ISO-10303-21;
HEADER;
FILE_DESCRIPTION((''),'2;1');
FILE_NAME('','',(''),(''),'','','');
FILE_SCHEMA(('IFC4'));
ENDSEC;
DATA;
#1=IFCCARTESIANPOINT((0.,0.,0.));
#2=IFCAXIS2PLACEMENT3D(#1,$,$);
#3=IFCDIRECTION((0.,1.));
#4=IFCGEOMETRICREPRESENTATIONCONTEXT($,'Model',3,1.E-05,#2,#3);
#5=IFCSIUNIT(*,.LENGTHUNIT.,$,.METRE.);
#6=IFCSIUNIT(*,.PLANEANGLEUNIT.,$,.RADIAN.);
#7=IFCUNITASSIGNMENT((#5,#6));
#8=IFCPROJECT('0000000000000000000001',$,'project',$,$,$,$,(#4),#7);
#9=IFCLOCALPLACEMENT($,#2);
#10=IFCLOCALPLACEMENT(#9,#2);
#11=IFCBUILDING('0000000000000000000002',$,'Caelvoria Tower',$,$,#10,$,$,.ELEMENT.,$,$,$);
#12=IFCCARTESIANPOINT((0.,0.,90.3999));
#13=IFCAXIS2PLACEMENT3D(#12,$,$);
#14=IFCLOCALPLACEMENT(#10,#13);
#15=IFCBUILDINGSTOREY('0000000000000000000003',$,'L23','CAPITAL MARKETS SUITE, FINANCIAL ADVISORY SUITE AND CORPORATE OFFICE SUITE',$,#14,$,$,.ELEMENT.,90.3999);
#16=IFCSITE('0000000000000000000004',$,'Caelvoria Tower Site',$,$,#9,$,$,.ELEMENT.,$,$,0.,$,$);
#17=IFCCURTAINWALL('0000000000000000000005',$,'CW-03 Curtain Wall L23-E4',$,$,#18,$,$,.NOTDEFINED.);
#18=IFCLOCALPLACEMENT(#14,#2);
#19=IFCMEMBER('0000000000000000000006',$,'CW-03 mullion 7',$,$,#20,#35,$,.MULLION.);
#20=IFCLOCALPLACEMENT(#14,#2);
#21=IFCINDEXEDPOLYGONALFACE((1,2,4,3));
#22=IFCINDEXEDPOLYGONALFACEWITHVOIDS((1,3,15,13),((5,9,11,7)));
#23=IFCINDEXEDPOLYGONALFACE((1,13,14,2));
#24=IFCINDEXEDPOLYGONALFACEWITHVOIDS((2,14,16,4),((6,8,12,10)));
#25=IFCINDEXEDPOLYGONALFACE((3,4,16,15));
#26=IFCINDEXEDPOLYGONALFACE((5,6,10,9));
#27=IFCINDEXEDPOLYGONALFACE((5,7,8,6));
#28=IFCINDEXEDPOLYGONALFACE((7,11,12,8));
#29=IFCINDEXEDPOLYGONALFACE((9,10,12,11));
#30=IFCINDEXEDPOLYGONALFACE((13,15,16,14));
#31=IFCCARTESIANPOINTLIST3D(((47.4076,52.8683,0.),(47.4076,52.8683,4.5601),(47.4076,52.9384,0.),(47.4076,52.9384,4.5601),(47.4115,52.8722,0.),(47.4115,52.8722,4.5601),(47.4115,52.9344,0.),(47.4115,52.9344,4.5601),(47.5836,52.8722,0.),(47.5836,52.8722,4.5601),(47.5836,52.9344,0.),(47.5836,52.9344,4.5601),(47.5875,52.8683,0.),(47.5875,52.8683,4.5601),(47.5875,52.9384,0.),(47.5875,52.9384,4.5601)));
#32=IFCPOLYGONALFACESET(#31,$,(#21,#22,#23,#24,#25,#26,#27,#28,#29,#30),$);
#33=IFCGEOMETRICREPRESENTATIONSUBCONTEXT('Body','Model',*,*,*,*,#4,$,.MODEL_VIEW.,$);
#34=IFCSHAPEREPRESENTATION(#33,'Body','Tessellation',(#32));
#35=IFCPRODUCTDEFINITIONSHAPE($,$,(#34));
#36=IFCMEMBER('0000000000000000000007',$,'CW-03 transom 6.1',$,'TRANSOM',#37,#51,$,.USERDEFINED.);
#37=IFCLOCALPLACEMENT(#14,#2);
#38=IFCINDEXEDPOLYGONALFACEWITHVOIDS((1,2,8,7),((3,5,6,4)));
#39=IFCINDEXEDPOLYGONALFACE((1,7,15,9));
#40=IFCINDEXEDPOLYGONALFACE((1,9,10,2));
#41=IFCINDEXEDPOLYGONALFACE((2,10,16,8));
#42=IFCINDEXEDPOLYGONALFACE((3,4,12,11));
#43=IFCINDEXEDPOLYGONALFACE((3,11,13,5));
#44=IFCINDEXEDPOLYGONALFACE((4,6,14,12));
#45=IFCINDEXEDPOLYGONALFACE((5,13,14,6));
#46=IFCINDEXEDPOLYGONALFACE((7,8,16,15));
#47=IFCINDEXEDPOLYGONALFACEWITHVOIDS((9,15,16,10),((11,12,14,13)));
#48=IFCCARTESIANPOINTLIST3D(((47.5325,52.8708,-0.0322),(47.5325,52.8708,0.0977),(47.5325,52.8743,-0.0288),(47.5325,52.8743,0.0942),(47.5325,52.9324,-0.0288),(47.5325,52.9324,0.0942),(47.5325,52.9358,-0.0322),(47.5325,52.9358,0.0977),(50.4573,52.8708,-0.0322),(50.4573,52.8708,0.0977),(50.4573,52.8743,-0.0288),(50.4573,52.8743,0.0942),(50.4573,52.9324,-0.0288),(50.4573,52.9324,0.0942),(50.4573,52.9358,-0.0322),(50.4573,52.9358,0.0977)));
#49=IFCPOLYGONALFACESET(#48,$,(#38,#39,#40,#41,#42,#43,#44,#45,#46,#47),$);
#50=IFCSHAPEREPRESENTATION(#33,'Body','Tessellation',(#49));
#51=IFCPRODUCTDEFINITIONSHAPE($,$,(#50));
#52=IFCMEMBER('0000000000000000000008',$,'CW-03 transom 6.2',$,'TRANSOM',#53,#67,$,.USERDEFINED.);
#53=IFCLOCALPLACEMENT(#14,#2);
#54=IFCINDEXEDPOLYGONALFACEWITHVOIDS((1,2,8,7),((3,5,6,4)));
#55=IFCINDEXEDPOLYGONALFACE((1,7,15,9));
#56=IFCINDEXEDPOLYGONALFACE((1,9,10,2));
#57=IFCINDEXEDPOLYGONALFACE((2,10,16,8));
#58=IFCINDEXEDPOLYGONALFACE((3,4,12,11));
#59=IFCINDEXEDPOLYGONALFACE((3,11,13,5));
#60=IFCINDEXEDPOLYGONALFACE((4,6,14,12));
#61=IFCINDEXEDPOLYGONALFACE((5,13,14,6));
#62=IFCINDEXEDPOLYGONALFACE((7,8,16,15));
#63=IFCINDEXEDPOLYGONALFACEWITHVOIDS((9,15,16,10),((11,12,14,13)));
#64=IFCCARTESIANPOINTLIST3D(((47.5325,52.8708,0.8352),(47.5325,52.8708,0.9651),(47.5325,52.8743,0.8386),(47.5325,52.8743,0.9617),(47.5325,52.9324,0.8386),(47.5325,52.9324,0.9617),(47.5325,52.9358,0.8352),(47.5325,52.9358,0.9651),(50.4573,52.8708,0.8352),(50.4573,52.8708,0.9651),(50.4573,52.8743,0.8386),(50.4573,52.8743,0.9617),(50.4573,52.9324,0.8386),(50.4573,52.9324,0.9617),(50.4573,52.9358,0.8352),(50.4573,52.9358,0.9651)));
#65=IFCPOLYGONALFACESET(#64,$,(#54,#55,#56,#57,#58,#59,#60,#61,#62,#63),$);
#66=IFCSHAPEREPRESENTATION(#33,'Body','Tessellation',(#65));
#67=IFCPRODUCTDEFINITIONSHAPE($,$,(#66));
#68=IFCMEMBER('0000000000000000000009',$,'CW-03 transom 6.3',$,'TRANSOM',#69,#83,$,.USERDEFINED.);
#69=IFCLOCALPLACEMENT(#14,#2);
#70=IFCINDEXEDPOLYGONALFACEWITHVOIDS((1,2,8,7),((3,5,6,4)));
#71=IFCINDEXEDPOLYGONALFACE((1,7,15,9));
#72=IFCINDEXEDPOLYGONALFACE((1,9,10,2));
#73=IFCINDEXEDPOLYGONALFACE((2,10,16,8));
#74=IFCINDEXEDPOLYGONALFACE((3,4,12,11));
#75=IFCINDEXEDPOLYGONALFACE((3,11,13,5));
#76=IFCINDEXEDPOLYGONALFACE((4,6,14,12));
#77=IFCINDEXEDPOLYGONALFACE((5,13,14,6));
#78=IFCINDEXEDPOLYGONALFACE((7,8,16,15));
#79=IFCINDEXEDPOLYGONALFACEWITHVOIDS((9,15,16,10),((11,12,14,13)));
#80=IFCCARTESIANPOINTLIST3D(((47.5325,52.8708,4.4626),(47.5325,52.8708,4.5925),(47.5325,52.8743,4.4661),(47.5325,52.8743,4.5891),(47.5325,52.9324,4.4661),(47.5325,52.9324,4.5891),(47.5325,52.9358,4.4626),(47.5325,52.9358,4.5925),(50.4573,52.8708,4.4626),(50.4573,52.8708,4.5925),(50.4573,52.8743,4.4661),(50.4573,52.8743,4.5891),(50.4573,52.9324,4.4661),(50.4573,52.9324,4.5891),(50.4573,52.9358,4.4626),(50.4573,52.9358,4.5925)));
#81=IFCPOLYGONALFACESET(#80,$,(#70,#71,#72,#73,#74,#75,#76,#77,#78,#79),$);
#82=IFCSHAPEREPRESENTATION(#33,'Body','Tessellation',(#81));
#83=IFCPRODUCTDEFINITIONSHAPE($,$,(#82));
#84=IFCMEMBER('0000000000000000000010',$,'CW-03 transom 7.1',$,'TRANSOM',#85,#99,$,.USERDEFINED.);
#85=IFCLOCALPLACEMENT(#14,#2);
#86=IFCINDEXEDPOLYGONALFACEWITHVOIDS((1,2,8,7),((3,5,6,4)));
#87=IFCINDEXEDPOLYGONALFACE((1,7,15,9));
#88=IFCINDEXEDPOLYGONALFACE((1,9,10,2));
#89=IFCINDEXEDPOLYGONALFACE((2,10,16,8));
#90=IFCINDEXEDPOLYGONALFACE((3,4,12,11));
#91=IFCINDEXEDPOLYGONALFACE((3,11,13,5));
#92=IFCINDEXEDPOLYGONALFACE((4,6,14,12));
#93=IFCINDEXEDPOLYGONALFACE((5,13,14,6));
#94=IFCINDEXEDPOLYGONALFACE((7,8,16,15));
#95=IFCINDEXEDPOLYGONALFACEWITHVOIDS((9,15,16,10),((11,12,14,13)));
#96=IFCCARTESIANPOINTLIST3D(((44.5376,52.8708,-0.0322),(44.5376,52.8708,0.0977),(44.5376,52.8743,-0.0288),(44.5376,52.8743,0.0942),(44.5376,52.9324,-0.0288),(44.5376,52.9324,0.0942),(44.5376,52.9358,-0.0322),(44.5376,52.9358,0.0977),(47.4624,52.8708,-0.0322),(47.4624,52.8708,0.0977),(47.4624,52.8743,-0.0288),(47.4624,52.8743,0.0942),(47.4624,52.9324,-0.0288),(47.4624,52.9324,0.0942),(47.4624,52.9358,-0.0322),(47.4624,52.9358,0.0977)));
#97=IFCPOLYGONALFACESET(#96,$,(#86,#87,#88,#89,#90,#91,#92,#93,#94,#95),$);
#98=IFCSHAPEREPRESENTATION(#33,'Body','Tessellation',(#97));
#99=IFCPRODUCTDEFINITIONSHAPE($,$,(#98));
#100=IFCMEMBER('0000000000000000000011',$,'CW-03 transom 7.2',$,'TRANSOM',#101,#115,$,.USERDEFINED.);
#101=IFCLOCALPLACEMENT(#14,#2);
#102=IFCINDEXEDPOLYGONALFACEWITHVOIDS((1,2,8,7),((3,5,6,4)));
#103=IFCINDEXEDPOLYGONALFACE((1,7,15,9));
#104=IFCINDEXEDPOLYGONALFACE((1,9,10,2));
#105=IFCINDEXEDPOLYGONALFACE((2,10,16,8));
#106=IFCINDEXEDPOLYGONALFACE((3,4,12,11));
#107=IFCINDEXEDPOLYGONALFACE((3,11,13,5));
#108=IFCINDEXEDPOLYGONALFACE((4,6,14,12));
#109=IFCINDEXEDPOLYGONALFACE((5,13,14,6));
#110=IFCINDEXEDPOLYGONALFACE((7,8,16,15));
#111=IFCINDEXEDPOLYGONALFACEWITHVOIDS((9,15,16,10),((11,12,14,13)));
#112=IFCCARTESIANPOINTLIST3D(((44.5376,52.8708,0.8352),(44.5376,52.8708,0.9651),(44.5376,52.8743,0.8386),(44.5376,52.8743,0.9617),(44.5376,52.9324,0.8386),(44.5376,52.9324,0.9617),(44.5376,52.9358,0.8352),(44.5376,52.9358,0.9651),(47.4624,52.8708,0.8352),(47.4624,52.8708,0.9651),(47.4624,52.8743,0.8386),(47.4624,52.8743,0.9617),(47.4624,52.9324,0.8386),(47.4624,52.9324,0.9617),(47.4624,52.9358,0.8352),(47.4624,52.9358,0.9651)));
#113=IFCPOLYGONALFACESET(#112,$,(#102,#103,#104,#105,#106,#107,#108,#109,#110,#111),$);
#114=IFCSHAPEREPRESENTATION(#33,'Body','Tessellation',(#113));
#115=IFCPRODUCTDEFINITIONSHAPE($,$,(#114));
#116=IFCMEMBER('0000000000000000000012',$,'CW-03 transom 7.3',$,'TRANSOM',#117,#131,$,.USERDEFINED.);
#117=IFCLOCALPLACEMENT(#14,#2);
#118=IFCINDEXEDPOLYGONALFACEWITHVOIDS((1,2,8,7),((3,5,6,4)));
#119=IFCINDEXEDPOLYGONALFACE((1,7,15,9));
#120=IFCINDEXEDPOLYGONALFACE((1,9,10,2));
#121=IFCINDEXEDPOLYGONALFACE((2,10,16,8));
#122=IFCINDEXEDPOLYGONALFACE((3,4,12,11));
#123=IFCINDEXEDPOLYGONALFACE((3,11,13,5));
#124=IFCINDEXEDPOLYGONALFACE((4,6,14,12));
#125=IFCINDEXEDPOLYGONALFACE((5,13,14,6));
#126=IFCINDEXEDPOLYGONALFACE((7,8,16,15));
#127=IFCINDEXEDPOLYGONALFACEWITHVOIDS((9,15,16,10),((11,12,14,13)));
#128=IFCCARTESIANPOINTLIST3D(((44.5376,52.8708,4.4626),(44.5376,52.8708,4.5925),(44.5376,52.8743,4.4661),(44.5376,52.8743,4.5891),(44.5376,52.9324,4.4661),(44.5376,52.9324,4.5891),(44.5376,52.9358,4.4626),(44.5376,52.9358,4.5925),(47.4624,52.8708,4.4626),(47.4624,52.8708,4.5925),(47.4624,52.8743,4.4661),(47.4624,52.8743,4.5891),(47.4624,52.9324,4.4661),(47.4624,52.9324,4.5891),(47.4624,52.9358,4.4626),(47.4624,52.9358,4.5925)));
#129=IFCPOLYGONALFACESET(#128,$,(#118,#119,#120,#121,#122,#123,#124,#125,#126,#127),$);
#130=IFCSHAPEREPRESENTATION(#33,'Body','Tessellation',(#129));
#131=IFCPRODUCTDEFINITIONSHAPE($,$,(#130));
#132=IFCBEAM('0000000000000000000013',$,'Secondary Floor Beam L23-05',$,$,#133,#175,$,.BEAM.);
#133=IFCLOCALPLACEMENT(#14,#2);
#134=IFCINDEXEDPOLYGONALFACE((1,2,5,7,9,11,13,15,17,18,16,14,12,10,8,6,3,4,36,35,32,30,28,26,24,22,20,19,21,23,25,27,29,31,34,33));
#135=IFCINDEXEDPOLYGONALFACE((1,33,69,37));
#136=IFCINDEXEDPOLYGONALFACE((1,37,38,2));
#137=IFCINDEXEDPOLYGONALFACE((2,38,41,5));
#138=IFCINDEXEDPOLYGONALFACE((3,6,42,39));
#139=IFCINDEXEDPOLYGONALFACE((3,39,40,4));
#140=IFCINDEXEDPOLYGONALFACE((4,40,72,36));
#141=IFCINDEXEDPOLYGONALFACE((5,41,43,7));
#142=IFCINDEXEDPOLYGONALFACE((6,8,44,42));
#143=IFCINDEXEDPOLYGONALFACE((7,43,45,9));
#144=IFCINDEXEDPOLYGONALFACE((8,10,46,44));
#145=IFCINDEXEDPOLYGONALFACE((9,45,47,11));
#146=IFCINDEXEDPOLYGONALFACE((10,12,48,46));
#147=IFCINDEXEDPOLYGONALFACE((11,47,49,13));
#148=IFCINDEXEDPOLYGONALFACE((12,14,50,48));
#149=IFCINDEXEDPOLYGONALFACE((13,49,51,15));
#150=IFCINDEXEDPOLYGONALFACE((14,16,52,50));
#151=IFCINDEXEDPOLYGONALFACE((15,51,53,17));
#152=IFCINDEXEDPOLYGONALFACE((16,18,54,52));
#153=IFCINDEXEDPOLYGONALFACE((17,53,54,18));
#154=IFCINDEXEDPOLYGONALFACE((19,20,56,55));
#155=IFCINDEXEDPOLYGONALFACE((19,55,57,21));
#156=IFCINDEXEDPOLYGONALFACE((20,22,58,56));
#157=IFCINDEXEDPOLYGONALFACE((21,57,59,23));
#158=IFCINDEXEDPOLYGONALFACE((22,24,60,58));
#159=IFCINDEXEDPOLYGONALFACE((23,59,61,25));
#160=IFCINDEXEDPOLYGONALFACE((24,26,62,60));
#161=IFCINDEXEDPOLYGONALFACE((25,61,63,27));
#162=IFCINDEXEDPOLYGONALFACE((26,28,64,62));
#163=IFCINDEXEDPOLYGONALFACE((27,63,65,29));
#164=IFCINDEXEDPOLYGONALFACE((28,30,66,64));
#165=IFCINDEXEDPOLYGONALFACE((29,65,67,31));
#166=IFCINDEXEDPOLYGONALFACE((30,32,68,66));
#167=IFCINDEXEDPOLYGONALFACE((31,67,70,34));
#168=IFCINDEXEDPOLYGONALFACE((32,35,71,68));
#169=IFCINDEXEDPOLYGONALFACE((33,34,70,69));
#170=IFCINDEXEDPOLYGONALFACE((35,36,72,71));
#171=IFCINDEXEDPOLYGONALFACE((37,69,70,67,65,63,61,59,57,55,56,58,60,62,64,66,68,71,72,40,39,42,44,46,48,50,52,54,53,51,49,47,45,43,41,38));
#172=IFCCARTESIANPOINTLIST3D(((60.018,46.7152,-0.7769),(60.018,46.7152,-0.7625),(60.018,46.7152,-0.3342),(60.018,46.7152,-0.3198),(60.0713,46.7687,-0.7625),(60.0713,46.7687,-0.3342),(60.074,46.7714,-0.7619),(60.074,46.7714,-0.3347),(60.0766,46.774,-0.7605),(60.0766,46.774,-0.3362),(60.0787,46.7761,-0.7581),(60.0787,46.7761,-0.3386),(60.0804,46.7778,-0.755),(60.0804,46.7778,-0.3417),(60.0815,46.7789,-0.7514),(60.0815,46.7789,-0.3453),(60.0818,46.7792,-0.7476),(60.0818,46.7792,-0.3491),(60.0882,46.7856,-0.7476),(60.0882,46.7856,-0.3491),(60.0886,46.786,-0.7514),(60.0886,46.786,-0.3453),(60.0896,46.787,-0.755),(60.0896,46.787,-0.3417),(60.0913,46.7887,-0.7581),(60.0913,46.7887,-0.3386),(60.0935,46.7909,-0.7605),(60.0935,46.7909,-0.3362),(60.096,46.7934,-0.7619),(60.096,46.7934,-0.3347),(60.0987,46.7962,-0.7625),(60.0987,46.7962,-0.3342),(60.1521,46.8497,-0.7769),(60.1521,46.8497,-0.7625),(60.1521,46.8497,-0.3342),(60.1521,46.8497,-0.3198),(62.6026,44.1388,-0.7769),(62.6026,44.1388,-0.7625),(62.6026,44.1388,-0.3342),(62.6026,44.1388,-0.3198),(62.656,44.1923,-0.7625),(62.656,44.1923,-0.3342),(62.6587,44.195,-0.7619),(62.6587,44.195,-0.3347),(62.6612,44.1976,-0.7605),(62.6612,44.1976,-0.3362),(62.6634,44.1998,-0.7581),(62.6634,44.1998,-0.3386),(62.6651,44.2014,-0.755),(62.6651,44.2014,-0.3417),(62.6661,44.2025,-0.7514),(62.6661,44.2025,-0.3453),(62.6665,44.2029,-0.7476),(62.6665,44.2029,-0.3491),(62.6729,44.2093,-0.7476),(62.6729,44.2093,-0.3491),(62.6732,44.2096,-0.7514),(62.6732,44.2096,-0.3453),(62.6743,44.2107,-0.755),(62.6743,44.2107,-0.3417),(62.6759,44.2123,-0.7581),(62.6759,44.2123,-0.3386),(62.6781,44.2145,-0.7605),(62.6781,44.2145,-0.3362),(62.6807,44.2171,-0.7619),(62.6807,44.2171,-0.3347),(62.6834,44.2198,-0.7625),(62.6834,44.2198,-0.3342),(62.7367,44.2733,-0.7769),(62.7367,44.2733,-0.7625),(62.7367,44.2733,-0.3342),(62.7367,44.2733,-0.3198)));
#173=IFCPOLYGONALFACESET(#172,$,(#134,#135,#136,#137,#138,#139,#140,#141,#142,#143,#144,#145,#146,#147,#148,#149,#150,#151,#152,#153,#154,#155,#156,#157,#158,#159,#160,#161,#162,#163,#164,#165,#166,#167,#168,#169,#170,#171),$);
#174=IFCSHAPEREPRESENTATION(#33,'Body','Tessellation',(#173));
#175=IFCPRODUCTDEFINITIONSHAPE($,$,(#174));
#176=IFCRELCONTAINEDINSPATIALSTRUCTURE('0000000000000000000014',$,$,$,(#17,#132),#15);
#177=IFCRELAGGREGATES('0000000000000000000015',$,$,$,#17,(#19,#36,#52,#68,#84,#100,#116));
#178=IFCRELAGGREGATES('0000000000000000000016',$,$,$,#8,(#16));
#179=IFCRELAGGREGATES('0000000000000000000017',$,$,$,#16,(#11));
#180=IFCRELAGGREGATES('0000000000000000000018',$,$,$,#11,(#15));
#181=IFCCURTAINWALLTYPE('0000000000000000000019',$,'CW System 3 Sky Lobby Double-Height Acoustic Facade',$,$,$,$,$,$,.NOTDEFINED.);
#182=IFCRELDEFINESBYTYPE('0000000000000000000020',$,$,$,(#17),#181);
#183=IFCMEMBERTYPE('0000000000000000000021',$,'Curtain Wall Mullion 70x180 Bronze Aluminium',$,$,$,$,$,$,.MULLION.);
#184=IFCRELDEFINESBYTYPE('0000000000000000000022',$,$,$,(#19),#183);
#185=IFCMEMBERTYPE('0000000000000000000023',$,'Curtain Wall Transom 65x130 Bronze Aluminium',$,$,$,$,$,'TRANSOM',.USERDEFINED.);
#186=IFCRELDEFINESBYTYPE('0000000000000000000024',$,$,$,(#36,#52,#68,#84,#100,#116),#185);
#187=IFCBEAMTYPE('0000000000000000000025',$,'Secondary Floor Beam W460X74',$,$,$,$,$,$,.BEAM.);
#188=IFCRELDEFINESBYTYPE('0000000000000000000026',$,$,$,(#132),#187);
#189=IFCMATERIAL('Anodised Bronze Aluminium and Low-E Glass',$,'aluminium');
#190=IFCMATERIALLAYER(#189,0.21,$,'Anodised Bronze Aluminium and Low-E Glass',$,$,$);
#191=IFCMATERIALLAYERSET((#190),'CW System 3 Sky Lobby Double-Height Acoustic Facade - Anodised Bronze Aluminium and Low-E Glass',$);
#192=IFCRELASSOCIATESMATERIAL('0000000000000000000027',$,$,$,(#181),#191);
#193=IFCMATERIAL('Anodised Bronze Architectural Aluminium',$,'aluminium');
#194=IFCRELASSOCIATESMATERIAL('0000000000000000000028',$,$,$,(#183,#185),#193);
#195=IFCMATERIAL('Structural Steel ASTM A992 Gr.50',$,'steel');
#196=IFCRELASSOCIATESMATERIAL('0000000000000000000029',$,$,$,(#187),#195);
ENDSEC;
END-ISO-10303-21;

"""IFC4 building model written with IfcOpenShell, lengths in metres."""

from ifc_helpers import new_model, si_unit, direction, frame, origin, origin_2d, place, context, subcontext, project, spatial, hollow_rectangle, i_section, extrude, material, layer, layer_set, material_profile, profile_set, type_object, element, aggregate, save


model = new_model("IFC4")

# Units and contexts
model_context = context("Model", 3, precision=1e-05, world=origin(), true_north=direction((0.0, 1.0)))
body_context = subcontext(model_context, "Body", "Model", "MODEL_VIEW")
ifc_project = project(units=[si_unit("LENGTHUNIT", "METRE"), si_unit("PLANEANGLEUNIT", "RADIAN")], contexts=[model_context])

# Site, building, storey
site_placement = place(None, origin())
site = spatial("IfcSite", under=ifc_project, at=site_placement, Name="Caelvoria Tower Site", CompositionType="ELEMENT", RefElevation=0.0)
building_placement = place(site_placement, origin())
building = spatial("IfcBuilding", under=site, at=building_placement, Name="Caelvoria Tower", CompositionType="ELEMENT")
storey_placement = place(building_placement, frame((0.0, 0.0, 90.3999)))
storey = spatial("IfcBuildingStorey", under=building, at=storey_placement, Name="L23", Description="CAPITAL MARKETS SUITE, FINANCIAL ADVISORY SUITE AND CORPORATE OFFICE SUITE", CompositionType="ELEMENT", Elevation=90.3999)

# Curtain wall, members
ifc_material_1 = material(Name="Anodised Bronze Aluminium and Low-E Glass", Category="aluminium")
ifc_layer_1 = layer(ifc_material_1, 0.21, Name="Anodised Bronze Aluminium and Low-E Glass")
ifc_layer_set_1 = layer_set([ifc_layer_1], Name="CW System 3 Sky Lobby Double-Height Acoustic Facade - Anodised Bronze Aluminium and Low-E Glass")
curtain_wall_type = type_object("IfcCurtainWallType", Name="CW System 3 Sky Lobby Double-Height Acoustic Facade", PredefinedType="NOTDEFINED", material=ifc_layer_set_1)
curtain_wall_placement = place(storey_placement, origin())
curtain_wall = element("IfcCurtainWall", 1, at=curtain_wall_placement, inside=storey, type_object=curtain_wall_type, Name="CW-03 Curtain Wall L23-E4", PredefinedType="NOTDEFINED")
ifc_material_2 = material(Name="Anodised Bronze Architectural Aluminium", Category="aluminium")
ifc_material_profile_1 = material_profile(ifc_material_2, hollow_rectangle(XDim=0.0701, YDim=0.1799, WallThickness=0.0039, at=origin_2d()), Name="Anodised Bronze Architectural Aluminium")
ifc_profile_set_1 = profile_set([ifc_material_profile_1], Name="CW_MULL_70X180 - Anodised Bronze Architectural Aluminium")
member_type_1 = type_object("IfcMemberType", Name="Curtain Wall Mullion 70x180 Bronze Aluminium", PredefinedType="MULLION", material=ifc_profile_set_1)
member_1_placement = place(storey_placement, frame((47.4976, 52.9033, 0.0), z_axis=(0.0, 0.0, 1.0), x_axis=(0.0, -1.0, 0.0)))
member_1 = element("IfcMember", 2, at=member_1_placement, type_object=member_type_1, Name="CW-03 mullion 7", PredefinedType="MULLION", context=body_context, shape_type="SweptSolid", body=[
    extrude(hollow_rectangle(XDim=0.0701, YDim=0.1799, WallThickness=0.0039, at=origin_2d()), origin(), (0.0, 0.0, 1.0), 4.5601),
])
ifc_material_profile_2 = material_profile(ifc_material_2, hollow_rectangle(XDim=0.0649, YDim=0.1299, WallThickness=0.0034, at=origin_2d()), Name="Anodised Bronze Architectural Aluminium")
ifc_profile_set_2 = profile_set([ifc_material_profile_2], Name="CW_TRAN_65X130 - Anodised Bronze Architectural Aluminium")
member_type_2 = type_object("IfcMemberType", Name="Curtain Wall Transom 65x130 Bronze Aluminium", ElementType="TRANSOM", PredefinedType="USERDEFINED", material=ifc_profile_set_2)
member_2_placement = place(storey_placement, frame((50.4573, 52.9033, 0.0327), z_axis=(-1.0, 0.0, 0.0), x_axis=(0.0, -1.0, 0.0)))
member_2 = element("IfcMember", 3, at=member_2_placement, type_object=member_type_2, Name="CW-03 transom 6.1", ObjectType="TRANSOM", PredefinedType="USERDEFINED", context=body_context, shape_type="SweptSolid", body=[
    extrude(hollow_rectangle(XDim=0.0649, YDim=0.1299, WallThickness=0.0034, at=origin_2d()), origin(), (0.0, 0.0, 1.0), 2.9248),
])
member_3_placement = place(storey_placement, frame((50.4573, 52.9033, 0.9001), z_axis=(-1.0, 0.0, 0.0), x_axis=(0.0, -1.0, 0.0)))
member_3 = element("IfcMember", 4, at=member_3_placement, type_object=member_type_2, Name="CW-03 transom 6.2", ObjectType="TRANSOM", PredefinedType="USERDEFINED", context=body_context, shape_type="SweptSolid", body=[
    extrude(hollow_rectangle(XDim=0.0649, YDim=0.1299, WallThickness=0.0034, at=origin_2d()), origin(), (0.0, 0.0, 1.0), 2.9248),
])
member_4_placement = place(storey_placement, frame((50.4573, 52.9033, 4.5276), z_axis=(-1.0, 0.0, 0.0), x_axis=(0.0, -1.0, 0.0)))
member_4 = element("IfcMember", 5, at=member_4_placement, type_object=member_type_2, Name="CW-03 transom 6.3", ObjectType="TRANSOM", PredefinedType="USERDEFINED", context=body_context, shape_type="SweptSolid", body=[
    extrude(hollow_rectangle(XDim=0.0649, YDim=0.1299, WallThickness=0.0034, at=origin_2d()), origin(), (0.0, 0.0, 1.0), 2.9248),
])
member_5_placement = place(storey_placement, frame((47.4624, 52.9033, 0.0327), z_axis=(-1.0, 0.0, 0.0), x_axis=(0.0, -1.0, 0.0)))
member_5 = element("IfcMember", 6, at=member_5_placement, type_object=member_type_2, Name="CW-03 transom 7.1", ObjectType="TRANSOM", PredefinedType="USERDEFINED", context=body_context, shape_type="SweptSolid", body=[
    extrude(hollow_rectangle(XDim=0.0649, YDim=0.1299, WallThickness=0.0034, at=origin_2d()), origin(), (0.0, 0.0, 1.0), 2.9248),
])
member_6_placement = place(storey_placement, frame((47.4624, 52.9033, 0.9001), z_axis=(-1.0, 0.0, 0.0), x_axis=(0.0, -1.0, 0.0)))
member_6 = element("IfcMember", 7, at=member_6_placement, type_object=member_type_2, Name="CW-03 transom 7.2", ObjectType="TRANSOM", PredefinedType="USERDEFINED", context=body_context, shape_type="SweptSolid", body=[
    extrude(hollow_rectangle(XDim=0.0649, YDim=0.1299, WallThickness=0.0034, at=origin_2d()), origin(), (0.0, 0.0, 1.0), 2.9248),
])
member_7_placement = place(storey_placement, frame((47.4624, 52.9033, 4.5276), z_axis=(-1.0, 0.0, 0.0), x_axis=(0.0, -1.0, 0.0)))
member_7 = element("IfcMember", 8, at=member_7_placement, type_object=member_type_2, Name="CW-03 transom 7.3", ObjectType="TRANSOM", PredefinedType="USERDEFINED", context=body_context, shape_type="SweptSolid", body=[
    extrude(hollow_rectangle(XDim=0.0649, YDim=0.1299, WallThickness=0.0034, at=origin_2d()), origin(), (0.0, 0.0, 1.0), 2.9248),
])

# Beam
ifc_material_3 = material(Name="Structural Steel ASTM A992 Gr.50", Category="steel")
ifc_material_profile_3 = material_profile(ifc_material_3, i_section(OverallWidth=0.1899, OverallDepth=0.457, WebThickness=0.009, FlangeThickness=0.0144, FilletRadius=0.0149, at=origin_2d()), Name="Structural Steel ASTM A992 Gr.50")
ifc_profile_set_3 = profile_set([ifc_material_profile_3], Name="W460X74 - Structural Steel ASTM A992 Gr.50")
beam_type = type_object("IfcBeamType", Name="Secondary Floor Beam W460X74", PredefinedType="BEAM", material=ifc_profile_set_3)
beam_placement = place(storey_placement, frame((62.6697, 44.2061, -0.5483), z_axis=(-0.708243, 0.705969, 0.0), x_axis=(-0.705969, -0.708243, 0.0)))
element("IfcBeam", 9, at=beam_placement, inside=storey, type_object=beam_type, Name="Secondary Floor Beam L23-05", PredefinedType="BEAM", context=body_context, shape_type="SweptSolid", body=[
    extrude(i_section(OverallWidth=0.1899, OverallDepth=0.457, WebThickness=0.009, FlangeThickness=0.0144, FilletRadius=0.0149, at=origin_2d()), origin(), (0.0, 0.0, 1.0), 3.6494),
])

aggregate(curtain_wall, [member_1, member_2, member_3, member_4, member_5, member_6, member_7])

save(model, "model.ifc")
